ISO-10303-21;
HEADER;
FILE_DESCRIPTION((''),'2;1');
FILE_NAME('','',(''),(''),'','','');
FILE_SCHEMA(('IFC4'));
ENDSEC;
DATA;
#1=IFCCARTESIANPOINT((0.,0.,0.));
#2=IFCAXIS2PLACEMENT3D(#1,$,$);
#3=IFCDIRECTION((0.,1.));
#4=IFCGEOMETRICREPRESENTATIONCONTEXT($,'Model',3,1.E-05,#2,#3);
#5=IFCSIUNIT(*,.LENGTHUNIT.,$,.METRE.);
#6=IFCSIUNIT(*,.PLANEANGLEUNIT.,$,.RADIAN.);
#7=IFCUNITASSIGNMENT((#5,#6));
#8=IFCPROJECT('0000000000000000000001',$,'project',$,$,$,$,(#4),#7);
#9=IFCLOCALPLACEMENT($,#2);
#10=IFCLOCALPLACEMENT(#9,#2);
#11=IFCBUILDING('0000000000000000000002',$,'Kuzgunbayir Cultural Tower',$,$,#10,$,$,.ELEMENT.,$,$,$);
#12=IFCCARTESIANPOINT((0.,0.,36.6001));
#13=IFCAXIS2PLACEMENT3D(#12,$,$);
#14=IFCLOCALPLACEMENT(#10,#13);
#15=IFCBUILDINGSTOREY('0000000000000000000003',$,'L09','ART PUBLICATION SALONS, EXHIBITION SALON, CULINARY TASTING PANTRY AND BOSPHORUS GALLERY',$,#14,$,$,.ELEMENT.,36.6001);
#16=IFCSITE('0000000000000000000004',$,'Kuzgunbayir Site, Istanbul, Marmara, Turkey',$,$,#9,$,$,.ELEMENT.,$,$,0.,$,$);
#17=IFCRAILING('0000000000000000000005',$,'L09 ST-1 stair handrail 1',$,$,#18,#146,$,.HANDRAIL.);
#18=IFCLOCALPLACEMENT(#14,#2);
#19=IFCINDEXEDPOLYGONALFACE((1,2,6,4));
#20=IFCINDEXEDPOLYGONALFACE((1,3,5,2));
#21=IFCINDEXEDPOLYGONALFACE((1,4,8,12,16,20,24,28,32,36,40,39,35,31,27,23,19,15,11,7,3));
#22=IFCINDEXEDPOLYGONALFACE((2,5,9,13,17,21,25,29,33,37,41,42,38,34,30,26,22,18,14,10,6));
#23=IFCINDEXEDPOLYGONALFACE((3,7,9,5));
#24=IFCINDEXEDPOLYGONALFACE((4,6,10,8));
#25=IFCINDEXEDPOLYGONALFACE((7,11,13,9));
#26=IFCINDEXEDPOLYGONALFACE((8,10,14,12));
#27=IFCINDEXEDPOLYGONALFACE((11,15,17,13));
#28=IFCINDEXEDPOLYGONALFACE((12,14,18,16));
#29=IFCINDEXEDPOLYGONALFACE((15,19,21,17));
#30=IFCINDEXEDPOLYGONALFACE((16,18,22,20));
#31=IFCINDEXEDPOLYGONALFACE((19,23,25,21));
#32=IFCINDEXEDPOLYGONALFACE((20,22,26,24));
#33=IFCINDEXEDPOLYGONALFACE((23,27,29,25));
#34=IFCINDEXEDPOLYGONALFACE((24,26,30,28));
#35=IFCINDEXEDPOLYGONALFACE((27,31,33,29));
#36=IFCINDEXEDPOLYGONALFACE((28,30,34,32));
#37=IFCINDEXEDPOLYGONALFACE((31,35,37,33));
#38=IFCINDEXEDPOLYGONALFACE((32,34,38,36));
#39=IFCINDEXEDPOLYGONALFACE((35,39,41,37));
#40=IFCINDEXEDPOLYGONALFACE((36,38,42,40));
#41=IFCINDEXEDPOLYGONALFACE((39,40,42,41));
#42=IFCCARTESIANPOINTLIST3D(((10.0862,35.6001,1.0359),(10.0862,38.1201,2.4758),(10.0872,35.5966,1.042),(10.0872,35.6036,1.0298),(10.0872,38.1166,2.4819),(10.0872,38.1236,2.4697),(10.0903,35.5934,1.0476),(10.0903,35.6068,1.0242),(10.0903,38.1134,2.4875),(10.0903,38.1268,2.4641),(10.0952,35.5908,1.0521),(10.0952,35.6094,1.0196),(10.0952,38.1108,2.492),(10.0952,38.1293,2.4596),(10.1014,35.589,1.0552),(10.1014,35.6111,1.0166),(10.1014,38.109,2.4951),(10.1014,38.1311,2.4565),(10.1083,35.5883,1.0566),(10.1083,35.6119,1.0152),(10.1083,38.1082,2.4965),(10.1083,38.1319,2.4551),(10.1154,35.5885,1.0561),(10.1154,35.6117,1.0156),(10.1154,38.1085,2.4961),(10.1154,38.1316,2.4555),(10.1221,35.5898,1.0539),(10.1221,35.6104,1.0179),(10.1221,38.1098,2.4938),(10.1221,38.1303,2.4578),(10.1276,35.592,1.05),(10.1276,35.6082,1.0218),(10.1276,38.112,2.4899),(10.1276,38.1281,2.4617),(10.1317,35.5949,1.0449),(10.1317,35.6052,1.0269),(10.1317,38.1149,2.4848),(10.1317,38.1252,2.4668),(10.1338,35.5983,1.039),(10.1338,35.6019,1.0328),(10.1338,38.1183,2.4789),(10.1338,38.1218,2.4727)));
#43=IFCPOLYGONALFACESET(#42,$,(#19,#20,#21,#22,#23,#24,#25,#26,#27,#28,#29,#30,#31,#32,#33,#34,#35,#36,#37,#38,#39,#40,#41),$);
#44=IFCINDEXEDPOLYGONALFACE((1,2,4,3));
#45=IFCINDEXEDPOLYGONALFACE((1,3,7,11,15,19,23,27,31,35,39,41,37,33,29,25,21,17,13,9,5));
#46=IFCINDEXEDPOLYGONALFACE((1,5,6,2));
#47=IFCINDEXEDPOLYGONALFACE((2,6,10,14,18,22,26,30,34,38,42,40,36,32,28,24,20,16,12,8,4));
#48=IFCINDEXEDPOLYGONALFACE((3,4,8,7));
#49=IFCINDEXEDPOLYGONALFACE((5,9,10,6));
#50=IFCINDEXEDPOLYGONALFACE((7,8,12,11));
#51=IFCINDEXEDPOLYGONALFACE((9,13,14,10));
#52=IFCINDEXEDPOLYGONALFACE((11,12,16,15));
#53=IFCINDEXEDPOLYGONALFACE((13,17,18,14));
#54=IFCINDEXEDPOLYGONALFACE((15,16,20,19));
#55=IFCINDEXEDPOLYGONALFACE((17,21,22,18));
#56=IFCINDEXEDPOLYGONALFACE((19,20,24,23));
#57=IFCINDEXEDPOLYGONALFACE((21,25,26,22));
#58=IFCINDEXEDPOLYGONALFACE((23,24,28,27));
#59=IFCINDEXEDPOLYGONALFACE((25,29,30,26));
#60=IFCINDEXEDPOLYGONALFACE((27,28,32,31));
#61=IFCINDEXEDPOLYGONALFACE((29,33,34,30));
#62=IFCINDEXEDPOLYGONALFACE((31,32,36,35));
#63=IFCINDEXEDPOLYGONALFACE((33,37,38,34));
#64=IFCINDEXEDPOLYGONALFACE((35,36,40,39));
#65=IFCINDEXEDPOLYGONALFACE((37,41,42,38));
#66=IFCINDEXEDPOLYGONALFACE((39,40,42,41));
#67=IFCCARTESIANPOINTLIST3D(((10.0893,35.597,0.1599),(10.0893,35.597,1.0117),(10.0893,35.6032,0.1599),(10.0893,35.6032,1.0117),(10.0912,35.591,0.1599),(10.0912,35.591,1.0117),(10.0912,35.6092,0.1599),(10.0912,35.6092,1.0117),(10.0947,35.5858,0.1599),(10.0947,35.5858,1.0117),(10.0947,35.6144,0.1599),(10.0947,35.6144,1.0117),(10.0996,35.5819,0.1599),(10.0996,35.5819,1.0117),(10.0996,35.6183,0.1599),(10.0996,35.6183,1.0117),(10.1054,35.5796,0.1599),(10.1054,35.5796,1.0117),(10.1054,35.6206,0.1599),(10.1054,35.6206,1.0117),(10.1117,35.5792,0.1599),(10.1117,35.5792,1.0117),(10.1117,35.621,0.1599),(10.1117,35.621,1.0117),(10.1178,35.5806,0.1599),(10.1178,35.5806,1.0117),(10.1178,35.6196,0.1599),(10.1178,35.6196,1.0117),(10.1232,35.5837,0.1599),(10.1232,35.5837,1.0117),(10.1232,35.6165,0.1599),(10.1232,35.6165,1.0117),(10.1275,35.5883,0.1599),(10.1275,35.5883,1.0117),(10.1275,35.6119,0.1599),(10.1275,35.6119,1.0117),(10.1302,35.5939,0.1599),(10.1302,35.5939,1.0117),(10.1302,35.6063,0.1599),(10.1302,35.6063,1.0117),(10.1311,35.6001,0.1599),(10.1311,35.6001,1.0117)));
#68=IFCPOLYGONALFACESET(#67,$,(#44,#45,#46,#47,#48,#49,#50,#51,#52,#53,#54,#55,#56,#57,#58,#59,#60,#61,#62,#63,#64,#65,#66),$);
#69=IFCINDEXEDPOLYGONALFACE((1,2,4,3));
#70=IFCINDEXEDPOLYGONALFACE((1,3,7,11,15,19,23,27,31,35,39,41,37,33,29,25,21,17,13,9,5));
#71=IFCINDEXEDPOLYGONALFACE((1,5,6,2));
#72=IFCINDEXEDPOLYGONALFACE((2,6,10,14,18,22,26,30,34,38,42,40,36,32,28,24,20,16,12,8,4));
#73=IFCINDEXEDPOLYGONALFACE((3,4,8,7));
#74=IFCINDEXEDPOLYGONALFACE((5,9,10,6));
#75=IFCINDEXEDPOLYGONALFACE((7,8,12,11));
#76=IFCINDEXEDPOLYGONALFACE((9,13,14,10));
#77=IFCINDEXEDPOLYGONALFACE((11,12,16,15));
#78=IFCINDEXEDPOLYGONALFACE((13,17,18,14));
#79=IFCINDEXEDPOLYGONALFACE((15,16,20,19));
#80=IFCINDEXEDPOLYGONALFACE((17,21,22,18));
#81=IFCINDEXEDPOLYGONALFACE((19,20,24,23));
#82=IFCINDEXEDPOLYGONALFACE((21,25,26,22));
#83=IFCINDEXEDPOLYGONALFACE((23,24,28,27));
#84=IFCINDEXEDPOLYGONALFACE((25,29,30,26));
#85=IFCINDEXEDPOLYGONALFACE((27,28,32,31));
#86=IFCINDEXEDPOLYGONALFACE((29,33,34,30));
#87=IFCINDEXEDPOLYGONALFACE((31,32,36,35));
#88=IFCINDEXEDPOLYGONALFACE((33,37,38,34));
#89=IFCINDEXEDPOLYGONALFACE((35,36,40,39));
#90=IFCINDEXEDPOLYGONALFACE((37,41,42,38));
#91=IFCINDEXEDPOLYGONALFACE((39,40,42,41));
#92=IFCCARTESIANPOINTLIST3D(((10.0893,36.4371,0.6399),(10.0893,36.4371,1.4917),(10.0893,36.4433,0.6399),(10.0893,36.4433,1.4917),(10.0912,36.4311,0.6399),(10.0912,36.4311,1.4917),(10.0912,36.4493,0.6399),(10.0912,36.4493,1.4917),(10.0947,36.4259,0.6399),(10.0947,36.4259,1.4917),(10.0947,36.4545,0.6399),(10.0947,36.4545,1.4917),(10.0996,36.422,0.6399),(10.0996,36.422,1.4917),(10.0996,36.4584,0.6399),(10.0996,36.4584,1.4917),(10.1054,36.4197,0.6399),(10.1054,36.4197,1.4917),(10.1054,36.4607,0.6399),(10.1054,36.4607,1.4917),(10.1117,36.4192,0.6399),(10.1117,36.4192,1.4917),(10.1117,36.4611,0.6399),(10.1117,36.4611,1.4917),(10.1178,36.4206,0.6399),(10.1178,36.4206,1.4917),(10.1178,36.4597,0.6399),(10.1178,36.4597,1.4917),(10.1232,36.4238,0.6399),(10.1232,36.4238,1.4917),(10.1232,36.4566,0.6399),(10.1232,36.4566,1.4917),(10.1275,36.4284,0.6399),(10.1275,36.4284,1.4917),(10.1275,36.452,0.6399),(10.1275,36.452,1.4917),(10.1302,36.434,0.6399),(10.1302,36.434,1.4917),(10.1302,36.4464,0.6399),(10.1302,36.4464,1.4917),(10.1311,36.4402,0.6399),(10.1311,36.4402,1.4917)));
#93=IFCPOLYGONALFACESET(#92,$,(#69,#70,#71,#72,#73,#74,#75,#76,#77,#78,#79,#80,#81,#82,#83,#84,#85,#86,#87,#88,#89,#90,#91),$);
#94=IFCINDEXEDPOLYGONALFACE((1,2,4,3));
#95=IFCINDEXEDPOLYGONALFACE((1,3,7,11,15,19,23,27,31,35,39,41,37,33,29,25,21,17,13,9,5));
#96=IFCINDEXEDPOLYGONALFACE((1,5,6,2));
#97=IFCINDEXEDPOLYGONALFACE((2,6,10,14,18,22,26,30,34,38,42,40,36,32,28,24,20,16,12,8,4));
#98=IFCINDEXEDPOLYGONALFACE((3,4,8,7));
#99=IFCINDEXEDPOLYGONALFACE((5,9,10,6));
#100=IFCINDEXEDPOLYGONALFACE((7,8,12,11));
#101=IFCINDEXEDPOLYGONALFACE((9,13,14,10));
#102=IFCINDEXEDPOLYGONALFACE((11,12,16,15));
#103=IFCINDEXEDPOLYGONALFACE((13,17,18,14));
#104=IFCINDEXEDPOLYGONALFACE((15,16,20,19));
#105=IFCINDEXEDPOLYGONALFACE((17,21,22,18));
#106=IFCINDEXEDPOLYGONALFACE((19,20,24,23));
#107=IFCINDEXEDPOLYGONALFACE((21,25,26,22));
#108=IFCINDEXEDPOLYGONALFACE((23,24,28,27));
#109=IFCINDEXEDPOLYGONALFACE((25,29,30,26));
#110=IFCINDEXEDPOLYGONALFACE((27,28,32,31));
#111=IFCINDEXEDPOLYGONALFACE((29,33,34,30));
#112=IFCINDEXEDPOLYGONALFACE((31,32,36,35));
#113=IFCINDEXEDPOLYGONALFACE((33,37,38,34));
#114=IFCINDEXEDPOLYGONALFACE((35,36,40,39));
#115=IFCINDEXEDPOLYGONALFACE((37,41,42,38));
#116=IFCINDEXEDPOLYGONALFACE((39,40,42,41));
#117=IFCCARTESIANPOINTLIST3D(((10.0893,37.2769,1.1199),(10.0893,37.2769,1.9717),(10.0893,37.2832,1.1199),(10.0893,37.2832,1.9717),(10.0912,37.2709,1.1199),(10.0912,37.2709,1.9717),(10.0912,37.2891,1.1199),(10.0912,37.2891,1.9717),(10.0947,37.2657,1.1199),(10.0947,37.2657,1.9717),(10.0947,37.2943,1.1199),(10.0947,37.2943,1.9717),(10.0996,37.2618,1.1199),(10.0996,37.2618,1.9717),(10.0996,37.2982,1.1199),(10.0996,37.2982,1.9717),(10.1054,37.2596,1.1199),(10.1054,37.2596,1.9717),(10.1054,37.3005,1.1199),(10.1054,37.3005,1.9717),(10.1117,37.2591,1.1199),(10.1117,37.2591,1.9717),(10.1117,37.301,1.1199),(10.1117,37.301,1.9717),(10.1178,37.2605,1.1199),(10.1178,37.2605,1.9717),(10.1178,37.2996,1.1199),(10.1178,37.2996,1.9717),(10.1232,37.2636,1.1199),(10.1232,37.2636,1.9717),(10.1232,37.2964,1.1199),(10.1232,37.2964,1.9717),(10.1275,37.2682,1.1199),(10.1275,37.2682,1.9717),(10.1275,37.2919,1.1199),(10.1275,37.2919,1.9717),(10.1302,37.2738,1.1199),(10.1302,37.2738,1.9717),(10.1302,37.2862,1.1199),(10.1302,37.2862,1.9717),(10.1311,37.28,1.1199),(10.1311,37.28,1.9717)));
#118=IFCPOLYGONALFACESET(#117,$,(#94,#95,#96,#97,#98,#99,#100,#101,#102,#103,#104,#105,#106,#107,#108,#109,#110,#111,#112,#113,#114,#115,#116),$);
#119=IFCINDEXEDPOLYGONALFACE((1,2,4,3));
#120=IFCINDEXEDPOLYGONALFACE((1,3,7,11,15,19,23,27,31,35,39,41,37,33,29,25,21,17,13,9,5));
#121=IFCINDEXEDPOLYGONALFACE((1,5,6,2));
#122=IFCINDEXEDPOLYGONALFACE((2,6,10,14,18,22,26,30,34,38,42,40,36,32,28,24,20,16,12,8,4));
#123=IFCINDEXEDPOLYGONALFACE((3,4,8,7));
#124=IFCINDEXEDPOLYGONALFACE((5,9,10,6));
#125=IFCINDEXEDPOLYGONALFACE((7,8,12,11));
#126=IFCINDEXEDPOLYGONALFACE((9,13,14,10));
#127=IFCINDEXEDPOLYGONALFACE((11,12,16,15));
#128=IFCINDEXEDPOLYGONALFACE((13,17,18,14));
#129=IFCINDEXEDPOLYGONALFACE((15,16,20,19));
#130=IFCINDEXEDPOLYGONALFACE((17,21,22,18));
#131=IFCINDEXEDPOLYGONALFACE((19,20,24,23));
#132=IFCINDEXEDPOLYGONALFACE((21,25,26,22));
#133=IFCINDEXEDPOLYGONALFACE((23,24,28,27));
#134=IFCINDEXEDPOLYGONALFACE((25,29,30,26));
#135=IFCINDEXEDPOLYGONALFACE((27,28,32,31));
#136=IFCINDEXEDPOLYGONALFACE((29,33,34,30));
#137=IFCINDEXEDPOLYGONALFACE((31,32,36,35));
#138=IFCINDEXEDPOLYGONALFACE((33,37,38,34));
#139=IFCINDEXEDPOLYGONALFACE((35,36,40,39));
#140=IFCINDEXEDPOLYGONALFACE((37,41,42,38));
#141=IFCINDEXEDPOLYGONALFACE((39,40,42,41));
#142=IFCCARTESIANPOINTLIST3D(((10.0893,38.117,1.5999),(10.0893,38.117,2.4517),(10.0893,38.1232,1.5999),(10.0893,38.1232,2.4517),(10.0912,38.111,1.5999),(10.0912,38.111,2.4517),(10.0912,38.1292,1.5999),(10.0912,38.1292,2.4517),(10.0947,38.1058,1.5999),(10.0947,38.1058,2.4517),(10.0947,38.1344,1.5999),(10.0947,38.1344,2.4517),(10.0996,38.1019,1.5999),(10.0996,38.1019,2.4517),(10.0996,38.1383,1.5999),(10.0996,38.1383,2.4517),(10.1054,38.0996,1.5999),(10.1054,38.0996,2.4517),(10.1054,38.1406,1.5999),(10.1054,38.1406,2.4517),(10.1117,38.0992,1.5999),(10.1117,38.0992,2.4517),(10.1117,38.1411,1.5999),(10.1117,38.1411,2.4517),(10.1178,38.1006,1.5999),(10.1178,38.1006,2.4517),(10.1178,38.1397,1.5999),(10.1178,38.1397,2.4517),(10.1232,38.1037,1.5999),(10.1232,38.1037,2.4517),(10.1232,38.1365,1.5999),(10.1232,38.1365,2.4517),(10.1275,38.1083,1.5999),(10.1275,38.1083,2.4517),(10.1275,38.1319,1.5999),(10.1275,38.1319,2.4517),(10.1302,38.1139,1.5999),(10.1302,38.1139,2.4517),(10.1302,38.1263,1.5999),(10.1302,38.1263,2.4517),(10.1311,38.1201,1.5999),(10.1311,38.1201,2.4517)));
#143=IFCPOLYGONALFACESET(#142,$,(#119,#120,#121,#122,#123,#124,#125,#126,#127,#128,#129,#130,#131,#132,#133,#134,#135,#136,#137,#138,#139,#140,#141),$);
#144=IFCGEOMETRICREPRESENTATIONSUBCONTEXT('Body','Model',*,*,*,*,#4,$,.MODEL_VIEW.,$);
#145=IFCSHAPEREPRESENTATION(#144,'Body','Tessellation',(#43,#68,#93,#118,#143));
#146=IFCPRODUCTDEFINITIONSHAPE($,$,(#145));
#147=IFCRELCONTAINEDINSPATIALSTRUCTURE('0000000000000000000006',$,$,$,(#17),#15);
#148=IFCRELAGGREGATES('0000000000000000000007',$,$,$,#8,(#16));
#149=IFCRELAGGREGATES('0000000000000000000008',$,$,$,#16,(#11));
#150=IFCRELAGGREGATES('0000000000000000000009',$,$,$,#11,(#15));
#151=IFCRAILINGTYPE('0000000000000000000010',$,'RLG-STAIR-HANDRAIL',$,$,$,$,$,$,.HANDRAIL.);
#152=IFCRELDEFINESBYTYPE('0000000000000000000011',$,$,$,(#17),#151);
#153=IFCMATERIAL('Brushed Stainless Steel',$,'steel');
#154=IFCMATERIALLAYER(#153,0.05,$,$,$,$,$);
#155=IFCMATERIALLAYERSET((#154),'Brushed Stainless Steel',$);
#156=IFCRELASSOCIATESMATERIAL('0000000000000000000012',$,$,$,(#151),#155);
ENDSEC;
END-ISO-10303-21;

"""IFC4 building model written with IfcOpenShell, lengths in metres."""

from ifc_helpers import new_model, si_unit, direction, frame, origin, origin_2d, place, context, subcontext, project, spatial, circle, extrude, material, layer, layer_set, type_object, element, save


model = new_model("IFC4")

# Units and contexts
model_context = context("Model", 3, precision=1e-05, world=origin(), true_north=direction((0.0, 1.0)))
body_context = subcontext(model_context, "Body", "Model", "MODEL_VIEW")
ifc_project = project(units=[si_unit("LENGTHUNIT", "METRE"), si_unit("PLANEANGLEUNIT", "RADIAN")], contexts=[model_context])

# Site, building, storey
site_placement = place(None, origin())
site = spatial("IfcSite", under=ifc_project, at=site_placement, Name="Kuzgunbayir Site, Istanbul, Marmara, Turkey", CompositionType="ELEMENT", RefElevation=0.0)
building_placement = place(site_placement, origin())
building = spatial("IfcBuilding", under=site, at=building_placement, Name="Kuzgunbayir Cultural Tower", CompositionType="ELEMENT")
storey_placement = place(building_placement, frame((0.0, 0.0, 36.6001)))
storey = spatial("IfcBuildingStorey", under=building, at=storey_placement, Name="L09", Description="ART PUBLICATION SALONS, EXHIBITION SALON, CULINARY TASTING PANTRY AND BOSPHORUS GALLERY", CompositionType="ELEMENT", Elevation=36.6001)

# Shared definitions
ifc_material_1 = material(Name="Brushed Stainless Steel", Category="steel")

# Railing
ifc_layer_1 = layer(ifc_material_1, 0.05)
ifc_layer_set_1 = layer_set([ifc_layer_1], Name="Brushed Stainless Steel")
railing_type = type_object("IfcRailingType", Name="RLG-STAIR-HANDRAIL", PredefinedType="HANDRAIL", material=ifc_layer_set_1)
railing_placement = place(storey_placement, frame((10.1101, 35.6001, 0.1599)))
element("IfcRailing", 1, at=railing_placement, inside=storey, type_object=railing_type, Name="L09 ST-1 stair handrail 1", PredefinedType="HANDRAIL", context=body_context, shape_type="SweptSolid", body=[
    extrude(circle(Radius=0.0239, at=origin_2d()), frame((0.0, 0.0, 0.876), z_axis=(0.0, 0.868253, 0.496121), x_axis=(-1.0, 0.0, 0.0)), (0.0, 0.0, 1.0), 2.9023),
    extrude(circle(Radius=0.021, at=origin_2d()), origin(), (0.0, 0.0, 1.0), 0.8518),
    extrude(circle(Radius=0.021, at=origin_2d()), frame((0.0, 0.8401, 0.48)), (0.0, 0.0, 1.0), 0.8518),
    extrude(circle(Radius=0.021, at=origin_2d()), frame((0.0, 1.6799, 0.96)), (0.0, 0.0, 1.0), 0.8518),
    extrude(circle(Radius=0.021, at=origin_2d()), frame((0.0, 2.52, 1.4399)), (0.0, 0.0, 1.0), 0.8518),
])

save(model, "model.ifc")
